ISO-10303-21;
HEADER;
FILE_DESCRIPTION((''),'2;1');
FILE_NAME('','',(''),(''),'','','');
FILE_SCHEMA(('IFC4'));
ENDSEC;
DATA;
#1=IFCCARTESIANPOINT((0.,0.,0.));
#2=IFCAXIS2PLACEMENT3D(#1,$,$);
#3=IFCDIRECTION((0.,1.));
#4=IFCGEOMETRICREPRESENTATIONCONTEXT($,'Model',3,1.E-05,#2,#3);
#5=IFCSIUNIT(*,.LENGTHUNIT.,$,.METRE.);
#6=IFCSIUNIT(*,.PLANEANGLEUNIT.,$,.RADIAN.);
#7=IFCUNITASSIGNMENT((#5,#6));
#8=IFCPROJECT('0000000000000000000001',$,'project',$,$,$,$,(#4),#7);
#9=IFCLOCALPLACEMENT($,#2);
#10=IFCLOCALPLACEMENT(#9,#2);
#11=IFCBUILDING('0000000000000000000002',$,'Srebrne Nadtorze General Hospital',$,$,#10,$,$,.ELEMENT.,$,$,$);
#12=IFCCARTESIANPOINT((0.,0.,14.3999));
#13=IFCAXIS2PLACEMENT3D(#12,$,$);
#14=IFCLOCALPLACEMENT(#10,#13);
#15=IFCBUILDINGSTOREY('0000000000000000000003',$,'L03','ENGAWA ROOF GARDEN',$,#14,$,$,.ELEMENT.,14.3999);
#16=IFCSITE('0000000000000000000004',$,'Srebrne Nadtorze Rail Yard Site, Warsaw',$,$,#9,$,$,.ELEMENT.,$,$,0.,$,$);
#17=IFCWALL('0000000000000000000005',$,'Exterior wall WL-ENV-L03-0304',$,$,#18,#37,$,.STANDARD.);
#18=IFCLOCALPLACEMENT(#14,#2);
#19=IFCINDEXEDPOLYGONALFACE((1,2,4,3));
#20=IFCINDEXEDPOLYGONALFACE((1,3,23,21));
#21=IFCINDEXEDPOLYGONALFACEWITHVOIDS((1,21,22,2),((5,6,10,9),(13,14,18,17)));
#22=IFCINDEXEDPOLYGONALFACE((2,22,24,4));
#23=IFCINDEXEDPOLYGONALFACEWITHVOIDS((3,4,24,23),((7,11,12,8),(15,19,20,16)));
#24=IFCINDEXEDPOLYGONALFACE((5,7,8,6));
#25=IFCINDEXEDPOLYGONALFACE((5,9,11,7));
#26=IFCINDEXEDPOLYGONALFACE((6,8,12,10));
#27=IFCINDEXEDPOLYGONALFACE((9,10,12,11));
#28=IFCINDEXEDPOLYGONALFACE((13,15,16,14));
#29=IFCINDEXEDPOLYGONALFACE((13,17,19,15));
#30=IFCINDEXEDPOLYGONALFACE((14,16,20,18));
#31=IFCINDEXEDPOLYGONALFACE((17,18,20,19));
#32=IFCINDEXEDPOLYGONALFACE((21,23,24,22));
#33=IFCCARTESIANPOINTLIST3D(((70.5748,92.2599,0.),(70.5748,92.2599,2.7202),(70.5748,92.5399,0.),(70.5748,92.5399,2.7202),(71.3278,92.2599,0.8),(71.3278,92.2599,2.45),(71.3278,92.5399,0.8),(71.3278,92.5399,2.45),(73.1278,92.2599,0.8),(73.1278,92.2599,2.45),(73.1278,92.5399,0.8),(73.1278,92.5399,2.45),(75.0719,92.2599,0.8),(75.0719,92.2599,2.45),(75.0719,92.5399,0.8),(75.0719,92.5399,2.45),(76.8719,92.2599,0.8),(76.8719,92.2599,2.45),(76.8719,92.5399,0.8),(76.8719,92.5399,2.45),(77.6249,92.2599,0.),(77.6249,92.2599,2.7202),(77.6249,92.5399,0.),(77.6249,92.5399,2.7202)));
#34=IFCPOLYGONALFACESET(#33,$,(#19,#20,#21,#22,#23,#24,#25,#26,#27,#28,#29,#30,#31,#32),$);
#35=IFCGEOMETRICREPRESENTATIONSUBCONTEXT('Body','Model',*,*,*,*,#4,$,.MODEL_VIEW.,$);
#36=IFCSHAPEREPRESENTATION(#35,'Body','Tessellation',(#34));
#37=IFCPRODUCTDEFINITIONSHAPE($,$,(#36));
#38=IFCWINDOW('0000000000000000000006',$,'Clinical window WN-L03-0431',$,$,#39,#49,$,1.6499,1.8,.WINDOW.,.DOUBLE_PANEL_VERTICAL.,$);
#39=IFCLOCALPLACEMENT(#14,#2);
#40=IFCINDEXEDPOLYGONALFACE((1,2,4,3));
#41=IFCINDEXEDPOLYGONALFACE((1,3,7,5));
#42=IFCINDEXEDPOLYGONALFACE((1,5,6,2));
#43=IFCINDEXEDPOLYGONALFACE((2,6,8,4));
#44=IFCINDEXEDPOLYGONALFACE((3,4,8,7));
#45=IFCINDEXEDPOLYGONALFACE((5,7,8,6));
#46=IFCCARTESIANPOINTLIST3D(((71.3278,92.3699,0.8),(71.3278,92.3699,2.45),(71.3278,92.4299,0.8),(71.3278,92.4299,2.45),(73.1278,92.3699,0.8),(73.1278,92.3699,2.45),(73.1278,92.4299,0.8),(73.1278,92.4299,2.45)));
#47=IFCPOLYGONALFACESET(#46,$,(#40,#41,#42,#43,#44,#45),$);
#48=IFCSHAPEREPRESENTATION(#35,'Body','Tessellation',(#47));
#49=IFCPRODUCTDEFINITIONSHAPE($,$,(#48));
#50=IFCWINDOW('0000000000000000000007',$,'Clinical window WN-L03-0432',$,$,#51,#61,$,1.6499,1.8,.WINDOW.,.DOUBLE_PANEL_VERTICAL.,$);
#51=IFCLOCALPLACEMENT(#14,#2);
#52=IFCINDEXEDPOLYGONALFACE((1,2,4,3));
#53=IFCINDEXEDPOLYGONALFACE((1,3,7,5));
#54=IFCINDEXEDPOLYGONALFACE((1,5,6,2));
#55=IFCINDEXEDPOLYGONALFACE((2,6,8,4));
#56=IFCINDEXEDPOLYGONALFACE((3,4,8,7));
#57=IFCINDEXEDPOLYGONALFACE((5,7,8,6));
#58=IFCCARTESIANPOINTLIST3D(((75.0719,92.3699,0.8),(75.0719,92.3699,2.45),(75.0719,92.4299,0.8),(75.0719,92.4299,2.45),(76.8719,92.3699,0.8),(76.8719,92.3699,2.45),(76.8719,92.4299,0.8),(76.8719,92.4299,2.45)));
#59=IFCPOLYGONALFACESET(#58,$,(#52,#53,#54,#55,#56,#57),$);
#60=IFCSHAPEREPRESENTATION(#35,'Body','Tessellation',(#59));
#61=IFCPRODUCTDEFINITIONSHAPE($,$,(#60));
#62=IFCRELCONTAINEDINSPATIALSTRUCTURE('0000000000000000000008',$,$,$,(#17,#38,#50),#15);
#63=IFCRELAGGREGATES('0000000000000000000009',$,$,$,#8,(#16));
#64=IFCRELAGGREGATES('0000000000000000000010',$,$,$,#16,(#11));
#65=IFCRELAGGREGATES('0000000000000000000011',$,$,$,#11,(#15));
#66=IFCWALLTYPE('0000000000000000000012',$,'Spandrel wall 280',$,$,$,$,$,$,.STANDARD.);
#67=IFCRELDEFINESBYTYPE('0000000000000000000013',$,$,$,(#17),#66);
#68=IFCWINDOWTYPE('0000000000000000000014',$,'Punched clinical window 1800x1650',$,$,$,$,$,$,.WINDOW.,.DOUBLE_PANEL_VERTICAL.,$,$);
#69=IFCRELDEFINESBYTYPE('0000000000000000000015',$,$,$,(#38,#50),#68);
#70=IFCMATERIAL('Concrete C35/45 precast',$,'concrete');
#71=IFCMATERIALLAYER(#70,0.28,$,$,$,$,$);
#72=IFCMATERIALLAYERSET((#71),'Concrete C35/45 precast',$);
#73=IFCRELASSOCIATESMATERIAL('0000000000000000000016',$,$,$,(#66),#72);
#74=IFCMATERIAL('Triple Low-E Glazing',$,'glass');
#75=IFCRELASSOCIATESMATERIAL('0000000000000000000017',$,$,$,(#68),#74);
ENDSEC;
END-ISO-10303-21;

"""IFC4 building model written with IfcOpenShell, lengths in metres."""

from ifc_helpers import new_model, si_unit, direction, frame, frame_2d, origin, place, context, subcontext, project, spatial, rectangle, extrude, material, layer, layer_set, type_object, element, fill, save


model = new_model("IFC4")

# Units and contexts
model_context = context("Model", 3, precision=1e-05, world=origin(), true_north=direction((0.0, 1.0)))
body_context = subcontext(model_context, "Body", "Model", "MODEL_VIEW")
ifc_project = project(units=[si_unit("LENGTHUNIT", "METRE"), si_unit("PLANEANGLEUNIT", "RADIAN")], contexts=[model_context])

# Site, building, storey
site_placement = place(None, origin())
site = spatial("IfcSite", under=ifc_project, at=site_placement, Name="Srebrne Nadtorze Rail Yard Site, Warsaw", CompositionType="ELEMENT", RefElevation=0.0)
building_placement = place(site_placement, origin())
building = spatial("IfcBuilding", under=site, at=building_placement, Name="Srebrne Nadtorze General Hospital", CompositionType="ELEMENT")
storey_placement = place(building_placement, frame((0.0, 0.0, 14.3999)))
storey = spatial("IfcBuildingStorey", under=building, at=storey_placement, Name="L03", Description="ENGAWA ROOF GARDEN", CompositionType="ELEMENT", Elevation=14.3999)

# Wall, openings, windows
ifc_material_1 = material(Name="Concrete C35/45 precast", Category="concrete")
ifc_layer_1 = layer(ifc_material_1, 0.28)
ifc_layer_set_1 = layer_set([ifc_layer_1], Name="Concrete C35/45 precast")
wall_type = type_object("IfcWallType", Name="Spandrel wall 280", PredefinedType="STANDARD", material=ifc_layer_set_1)
wall_1_placement = place(storey_placement, frame((70.575, 92.3999, 0.0), z_axis=(0.0, 0.0, 1.0), x_axis=(1.0, 0.0, 0.0)))
wall_1 = element("IfcWall", 1, at=wall_1_placement, inside=storey, type_object=wall_type, Name="Exterior wall WL-ENV-L03-0304", PredefinedType="STANDARD", context=body_context, shape_type="SweptSolid", body=[
    extrude(rectangle(XDim=7.05, YDim=0.28, at=frame_2d((3.5249, 0.0))), origin(), (0.0, 0.0, 1.0), 2.7202),
])
opening_1_placement = place(wall_1_placement, frame((0.7529, 0.0, 0.8)))
opening_1 = element("IfcOpeningElement", 2, at=opening_1_placement, cuts=wall_1, PredefinedType="OPENING", context=body_context, shape_type="SweptSolid", body=[
    extrude(rectangle(XDim=1.8, YDim=1.6499, at=frame_2d((0.8999, 0.825))), frame((0.0, 0.1519, 0.0), z_axis=(0.0, -1.0, 0.0), x_axis=(1.0, 0.0, 0.0)), (0.0, 0.0, 1.0), 0.304),
])
opening_2_placement = place(wall_1_placement, frame((4.4971, 0.0, 0.8)))
opening_2 = element("IfcOpeningElement", 3, at=opening_2_placement, cuts=wall_1, PredefinedType="OPENING", context=body_context, shape_type="SweptSolid", body=[
    extrude(rectangle(XDim=1.8, YDim=1.6499, at=frame_2d((0.8999, 0.825))), frame((0.0, 0.1519, 0.0), z_axis=(0.0, -1.0, 0.0), x_axis=(1.0, 0.0, 0.0)), (0.0, 0.0, 1.0), 0.304),
])
ifc_material_2 = material(Name="Triple Low-E Glazing", Category="glass")
window_type_1 = type_object("IfcWindowType", Name="Punched clinical window 1800x1650", PartitioningType="DOUBLE_PANEL_VERTICAL", PredefinedType="WINDOW", material=ifc_material_2)
window_1_placement = place(opening_1_placement, origin())
window_1 = element("IfcWindow", 4, at=window_1_placement, inside=storey, type_object=window_type_1, Name="Clinical window WN-L03-0431", OverallHeight=1.6499, OverallWidth=1.8, PartitioningType="DOUBLE_PANEL_VERTICAL", PredefinedType="WINDOW", context=body_context, shape_type="SweptSolid", body=[
    extrude(rectangle(XDim=1.8, YDim=1.6499, at=frame_2d((0.8999, 0.825))), frame((0.0, 0.03, 0.0), z_axis=(0.0, -1.0, 0.0), x_axis=(1.0, 0.0, 0.0)), (0.0, 0.0, 1.0), 0.0601),
])
fill(opening_1, window_1)
window_2_placement = place(opening_2_placement, origin())
window_2 = element("IfcWindow", 5, at=window_2_placement, inside=storey, type_object=window_type_1, Name="Clinical window WN-L03-0432", OverallHeight=1.6499, OverallWidth=1.8, PartitioningType="DOUBLE_PANEL_VERTICAL", PredefinedType="WINDOW", context=body_context, shape_type="SweptSolid", body=[
    extrude(rectangle(XDim=1.8, YDim=1.6499, at=frame_2d((0.8999, 0.825))), frame((0.0, 0.03, 0.0), z_axis=(0.0, -1.0, 0.0), x_axis=(1.0, 0.0, 0.0)), (0.0, 0.0, 1.0), 0.0601),
])
fill(opening_2, window_2)

save(model, "model.ifc")
